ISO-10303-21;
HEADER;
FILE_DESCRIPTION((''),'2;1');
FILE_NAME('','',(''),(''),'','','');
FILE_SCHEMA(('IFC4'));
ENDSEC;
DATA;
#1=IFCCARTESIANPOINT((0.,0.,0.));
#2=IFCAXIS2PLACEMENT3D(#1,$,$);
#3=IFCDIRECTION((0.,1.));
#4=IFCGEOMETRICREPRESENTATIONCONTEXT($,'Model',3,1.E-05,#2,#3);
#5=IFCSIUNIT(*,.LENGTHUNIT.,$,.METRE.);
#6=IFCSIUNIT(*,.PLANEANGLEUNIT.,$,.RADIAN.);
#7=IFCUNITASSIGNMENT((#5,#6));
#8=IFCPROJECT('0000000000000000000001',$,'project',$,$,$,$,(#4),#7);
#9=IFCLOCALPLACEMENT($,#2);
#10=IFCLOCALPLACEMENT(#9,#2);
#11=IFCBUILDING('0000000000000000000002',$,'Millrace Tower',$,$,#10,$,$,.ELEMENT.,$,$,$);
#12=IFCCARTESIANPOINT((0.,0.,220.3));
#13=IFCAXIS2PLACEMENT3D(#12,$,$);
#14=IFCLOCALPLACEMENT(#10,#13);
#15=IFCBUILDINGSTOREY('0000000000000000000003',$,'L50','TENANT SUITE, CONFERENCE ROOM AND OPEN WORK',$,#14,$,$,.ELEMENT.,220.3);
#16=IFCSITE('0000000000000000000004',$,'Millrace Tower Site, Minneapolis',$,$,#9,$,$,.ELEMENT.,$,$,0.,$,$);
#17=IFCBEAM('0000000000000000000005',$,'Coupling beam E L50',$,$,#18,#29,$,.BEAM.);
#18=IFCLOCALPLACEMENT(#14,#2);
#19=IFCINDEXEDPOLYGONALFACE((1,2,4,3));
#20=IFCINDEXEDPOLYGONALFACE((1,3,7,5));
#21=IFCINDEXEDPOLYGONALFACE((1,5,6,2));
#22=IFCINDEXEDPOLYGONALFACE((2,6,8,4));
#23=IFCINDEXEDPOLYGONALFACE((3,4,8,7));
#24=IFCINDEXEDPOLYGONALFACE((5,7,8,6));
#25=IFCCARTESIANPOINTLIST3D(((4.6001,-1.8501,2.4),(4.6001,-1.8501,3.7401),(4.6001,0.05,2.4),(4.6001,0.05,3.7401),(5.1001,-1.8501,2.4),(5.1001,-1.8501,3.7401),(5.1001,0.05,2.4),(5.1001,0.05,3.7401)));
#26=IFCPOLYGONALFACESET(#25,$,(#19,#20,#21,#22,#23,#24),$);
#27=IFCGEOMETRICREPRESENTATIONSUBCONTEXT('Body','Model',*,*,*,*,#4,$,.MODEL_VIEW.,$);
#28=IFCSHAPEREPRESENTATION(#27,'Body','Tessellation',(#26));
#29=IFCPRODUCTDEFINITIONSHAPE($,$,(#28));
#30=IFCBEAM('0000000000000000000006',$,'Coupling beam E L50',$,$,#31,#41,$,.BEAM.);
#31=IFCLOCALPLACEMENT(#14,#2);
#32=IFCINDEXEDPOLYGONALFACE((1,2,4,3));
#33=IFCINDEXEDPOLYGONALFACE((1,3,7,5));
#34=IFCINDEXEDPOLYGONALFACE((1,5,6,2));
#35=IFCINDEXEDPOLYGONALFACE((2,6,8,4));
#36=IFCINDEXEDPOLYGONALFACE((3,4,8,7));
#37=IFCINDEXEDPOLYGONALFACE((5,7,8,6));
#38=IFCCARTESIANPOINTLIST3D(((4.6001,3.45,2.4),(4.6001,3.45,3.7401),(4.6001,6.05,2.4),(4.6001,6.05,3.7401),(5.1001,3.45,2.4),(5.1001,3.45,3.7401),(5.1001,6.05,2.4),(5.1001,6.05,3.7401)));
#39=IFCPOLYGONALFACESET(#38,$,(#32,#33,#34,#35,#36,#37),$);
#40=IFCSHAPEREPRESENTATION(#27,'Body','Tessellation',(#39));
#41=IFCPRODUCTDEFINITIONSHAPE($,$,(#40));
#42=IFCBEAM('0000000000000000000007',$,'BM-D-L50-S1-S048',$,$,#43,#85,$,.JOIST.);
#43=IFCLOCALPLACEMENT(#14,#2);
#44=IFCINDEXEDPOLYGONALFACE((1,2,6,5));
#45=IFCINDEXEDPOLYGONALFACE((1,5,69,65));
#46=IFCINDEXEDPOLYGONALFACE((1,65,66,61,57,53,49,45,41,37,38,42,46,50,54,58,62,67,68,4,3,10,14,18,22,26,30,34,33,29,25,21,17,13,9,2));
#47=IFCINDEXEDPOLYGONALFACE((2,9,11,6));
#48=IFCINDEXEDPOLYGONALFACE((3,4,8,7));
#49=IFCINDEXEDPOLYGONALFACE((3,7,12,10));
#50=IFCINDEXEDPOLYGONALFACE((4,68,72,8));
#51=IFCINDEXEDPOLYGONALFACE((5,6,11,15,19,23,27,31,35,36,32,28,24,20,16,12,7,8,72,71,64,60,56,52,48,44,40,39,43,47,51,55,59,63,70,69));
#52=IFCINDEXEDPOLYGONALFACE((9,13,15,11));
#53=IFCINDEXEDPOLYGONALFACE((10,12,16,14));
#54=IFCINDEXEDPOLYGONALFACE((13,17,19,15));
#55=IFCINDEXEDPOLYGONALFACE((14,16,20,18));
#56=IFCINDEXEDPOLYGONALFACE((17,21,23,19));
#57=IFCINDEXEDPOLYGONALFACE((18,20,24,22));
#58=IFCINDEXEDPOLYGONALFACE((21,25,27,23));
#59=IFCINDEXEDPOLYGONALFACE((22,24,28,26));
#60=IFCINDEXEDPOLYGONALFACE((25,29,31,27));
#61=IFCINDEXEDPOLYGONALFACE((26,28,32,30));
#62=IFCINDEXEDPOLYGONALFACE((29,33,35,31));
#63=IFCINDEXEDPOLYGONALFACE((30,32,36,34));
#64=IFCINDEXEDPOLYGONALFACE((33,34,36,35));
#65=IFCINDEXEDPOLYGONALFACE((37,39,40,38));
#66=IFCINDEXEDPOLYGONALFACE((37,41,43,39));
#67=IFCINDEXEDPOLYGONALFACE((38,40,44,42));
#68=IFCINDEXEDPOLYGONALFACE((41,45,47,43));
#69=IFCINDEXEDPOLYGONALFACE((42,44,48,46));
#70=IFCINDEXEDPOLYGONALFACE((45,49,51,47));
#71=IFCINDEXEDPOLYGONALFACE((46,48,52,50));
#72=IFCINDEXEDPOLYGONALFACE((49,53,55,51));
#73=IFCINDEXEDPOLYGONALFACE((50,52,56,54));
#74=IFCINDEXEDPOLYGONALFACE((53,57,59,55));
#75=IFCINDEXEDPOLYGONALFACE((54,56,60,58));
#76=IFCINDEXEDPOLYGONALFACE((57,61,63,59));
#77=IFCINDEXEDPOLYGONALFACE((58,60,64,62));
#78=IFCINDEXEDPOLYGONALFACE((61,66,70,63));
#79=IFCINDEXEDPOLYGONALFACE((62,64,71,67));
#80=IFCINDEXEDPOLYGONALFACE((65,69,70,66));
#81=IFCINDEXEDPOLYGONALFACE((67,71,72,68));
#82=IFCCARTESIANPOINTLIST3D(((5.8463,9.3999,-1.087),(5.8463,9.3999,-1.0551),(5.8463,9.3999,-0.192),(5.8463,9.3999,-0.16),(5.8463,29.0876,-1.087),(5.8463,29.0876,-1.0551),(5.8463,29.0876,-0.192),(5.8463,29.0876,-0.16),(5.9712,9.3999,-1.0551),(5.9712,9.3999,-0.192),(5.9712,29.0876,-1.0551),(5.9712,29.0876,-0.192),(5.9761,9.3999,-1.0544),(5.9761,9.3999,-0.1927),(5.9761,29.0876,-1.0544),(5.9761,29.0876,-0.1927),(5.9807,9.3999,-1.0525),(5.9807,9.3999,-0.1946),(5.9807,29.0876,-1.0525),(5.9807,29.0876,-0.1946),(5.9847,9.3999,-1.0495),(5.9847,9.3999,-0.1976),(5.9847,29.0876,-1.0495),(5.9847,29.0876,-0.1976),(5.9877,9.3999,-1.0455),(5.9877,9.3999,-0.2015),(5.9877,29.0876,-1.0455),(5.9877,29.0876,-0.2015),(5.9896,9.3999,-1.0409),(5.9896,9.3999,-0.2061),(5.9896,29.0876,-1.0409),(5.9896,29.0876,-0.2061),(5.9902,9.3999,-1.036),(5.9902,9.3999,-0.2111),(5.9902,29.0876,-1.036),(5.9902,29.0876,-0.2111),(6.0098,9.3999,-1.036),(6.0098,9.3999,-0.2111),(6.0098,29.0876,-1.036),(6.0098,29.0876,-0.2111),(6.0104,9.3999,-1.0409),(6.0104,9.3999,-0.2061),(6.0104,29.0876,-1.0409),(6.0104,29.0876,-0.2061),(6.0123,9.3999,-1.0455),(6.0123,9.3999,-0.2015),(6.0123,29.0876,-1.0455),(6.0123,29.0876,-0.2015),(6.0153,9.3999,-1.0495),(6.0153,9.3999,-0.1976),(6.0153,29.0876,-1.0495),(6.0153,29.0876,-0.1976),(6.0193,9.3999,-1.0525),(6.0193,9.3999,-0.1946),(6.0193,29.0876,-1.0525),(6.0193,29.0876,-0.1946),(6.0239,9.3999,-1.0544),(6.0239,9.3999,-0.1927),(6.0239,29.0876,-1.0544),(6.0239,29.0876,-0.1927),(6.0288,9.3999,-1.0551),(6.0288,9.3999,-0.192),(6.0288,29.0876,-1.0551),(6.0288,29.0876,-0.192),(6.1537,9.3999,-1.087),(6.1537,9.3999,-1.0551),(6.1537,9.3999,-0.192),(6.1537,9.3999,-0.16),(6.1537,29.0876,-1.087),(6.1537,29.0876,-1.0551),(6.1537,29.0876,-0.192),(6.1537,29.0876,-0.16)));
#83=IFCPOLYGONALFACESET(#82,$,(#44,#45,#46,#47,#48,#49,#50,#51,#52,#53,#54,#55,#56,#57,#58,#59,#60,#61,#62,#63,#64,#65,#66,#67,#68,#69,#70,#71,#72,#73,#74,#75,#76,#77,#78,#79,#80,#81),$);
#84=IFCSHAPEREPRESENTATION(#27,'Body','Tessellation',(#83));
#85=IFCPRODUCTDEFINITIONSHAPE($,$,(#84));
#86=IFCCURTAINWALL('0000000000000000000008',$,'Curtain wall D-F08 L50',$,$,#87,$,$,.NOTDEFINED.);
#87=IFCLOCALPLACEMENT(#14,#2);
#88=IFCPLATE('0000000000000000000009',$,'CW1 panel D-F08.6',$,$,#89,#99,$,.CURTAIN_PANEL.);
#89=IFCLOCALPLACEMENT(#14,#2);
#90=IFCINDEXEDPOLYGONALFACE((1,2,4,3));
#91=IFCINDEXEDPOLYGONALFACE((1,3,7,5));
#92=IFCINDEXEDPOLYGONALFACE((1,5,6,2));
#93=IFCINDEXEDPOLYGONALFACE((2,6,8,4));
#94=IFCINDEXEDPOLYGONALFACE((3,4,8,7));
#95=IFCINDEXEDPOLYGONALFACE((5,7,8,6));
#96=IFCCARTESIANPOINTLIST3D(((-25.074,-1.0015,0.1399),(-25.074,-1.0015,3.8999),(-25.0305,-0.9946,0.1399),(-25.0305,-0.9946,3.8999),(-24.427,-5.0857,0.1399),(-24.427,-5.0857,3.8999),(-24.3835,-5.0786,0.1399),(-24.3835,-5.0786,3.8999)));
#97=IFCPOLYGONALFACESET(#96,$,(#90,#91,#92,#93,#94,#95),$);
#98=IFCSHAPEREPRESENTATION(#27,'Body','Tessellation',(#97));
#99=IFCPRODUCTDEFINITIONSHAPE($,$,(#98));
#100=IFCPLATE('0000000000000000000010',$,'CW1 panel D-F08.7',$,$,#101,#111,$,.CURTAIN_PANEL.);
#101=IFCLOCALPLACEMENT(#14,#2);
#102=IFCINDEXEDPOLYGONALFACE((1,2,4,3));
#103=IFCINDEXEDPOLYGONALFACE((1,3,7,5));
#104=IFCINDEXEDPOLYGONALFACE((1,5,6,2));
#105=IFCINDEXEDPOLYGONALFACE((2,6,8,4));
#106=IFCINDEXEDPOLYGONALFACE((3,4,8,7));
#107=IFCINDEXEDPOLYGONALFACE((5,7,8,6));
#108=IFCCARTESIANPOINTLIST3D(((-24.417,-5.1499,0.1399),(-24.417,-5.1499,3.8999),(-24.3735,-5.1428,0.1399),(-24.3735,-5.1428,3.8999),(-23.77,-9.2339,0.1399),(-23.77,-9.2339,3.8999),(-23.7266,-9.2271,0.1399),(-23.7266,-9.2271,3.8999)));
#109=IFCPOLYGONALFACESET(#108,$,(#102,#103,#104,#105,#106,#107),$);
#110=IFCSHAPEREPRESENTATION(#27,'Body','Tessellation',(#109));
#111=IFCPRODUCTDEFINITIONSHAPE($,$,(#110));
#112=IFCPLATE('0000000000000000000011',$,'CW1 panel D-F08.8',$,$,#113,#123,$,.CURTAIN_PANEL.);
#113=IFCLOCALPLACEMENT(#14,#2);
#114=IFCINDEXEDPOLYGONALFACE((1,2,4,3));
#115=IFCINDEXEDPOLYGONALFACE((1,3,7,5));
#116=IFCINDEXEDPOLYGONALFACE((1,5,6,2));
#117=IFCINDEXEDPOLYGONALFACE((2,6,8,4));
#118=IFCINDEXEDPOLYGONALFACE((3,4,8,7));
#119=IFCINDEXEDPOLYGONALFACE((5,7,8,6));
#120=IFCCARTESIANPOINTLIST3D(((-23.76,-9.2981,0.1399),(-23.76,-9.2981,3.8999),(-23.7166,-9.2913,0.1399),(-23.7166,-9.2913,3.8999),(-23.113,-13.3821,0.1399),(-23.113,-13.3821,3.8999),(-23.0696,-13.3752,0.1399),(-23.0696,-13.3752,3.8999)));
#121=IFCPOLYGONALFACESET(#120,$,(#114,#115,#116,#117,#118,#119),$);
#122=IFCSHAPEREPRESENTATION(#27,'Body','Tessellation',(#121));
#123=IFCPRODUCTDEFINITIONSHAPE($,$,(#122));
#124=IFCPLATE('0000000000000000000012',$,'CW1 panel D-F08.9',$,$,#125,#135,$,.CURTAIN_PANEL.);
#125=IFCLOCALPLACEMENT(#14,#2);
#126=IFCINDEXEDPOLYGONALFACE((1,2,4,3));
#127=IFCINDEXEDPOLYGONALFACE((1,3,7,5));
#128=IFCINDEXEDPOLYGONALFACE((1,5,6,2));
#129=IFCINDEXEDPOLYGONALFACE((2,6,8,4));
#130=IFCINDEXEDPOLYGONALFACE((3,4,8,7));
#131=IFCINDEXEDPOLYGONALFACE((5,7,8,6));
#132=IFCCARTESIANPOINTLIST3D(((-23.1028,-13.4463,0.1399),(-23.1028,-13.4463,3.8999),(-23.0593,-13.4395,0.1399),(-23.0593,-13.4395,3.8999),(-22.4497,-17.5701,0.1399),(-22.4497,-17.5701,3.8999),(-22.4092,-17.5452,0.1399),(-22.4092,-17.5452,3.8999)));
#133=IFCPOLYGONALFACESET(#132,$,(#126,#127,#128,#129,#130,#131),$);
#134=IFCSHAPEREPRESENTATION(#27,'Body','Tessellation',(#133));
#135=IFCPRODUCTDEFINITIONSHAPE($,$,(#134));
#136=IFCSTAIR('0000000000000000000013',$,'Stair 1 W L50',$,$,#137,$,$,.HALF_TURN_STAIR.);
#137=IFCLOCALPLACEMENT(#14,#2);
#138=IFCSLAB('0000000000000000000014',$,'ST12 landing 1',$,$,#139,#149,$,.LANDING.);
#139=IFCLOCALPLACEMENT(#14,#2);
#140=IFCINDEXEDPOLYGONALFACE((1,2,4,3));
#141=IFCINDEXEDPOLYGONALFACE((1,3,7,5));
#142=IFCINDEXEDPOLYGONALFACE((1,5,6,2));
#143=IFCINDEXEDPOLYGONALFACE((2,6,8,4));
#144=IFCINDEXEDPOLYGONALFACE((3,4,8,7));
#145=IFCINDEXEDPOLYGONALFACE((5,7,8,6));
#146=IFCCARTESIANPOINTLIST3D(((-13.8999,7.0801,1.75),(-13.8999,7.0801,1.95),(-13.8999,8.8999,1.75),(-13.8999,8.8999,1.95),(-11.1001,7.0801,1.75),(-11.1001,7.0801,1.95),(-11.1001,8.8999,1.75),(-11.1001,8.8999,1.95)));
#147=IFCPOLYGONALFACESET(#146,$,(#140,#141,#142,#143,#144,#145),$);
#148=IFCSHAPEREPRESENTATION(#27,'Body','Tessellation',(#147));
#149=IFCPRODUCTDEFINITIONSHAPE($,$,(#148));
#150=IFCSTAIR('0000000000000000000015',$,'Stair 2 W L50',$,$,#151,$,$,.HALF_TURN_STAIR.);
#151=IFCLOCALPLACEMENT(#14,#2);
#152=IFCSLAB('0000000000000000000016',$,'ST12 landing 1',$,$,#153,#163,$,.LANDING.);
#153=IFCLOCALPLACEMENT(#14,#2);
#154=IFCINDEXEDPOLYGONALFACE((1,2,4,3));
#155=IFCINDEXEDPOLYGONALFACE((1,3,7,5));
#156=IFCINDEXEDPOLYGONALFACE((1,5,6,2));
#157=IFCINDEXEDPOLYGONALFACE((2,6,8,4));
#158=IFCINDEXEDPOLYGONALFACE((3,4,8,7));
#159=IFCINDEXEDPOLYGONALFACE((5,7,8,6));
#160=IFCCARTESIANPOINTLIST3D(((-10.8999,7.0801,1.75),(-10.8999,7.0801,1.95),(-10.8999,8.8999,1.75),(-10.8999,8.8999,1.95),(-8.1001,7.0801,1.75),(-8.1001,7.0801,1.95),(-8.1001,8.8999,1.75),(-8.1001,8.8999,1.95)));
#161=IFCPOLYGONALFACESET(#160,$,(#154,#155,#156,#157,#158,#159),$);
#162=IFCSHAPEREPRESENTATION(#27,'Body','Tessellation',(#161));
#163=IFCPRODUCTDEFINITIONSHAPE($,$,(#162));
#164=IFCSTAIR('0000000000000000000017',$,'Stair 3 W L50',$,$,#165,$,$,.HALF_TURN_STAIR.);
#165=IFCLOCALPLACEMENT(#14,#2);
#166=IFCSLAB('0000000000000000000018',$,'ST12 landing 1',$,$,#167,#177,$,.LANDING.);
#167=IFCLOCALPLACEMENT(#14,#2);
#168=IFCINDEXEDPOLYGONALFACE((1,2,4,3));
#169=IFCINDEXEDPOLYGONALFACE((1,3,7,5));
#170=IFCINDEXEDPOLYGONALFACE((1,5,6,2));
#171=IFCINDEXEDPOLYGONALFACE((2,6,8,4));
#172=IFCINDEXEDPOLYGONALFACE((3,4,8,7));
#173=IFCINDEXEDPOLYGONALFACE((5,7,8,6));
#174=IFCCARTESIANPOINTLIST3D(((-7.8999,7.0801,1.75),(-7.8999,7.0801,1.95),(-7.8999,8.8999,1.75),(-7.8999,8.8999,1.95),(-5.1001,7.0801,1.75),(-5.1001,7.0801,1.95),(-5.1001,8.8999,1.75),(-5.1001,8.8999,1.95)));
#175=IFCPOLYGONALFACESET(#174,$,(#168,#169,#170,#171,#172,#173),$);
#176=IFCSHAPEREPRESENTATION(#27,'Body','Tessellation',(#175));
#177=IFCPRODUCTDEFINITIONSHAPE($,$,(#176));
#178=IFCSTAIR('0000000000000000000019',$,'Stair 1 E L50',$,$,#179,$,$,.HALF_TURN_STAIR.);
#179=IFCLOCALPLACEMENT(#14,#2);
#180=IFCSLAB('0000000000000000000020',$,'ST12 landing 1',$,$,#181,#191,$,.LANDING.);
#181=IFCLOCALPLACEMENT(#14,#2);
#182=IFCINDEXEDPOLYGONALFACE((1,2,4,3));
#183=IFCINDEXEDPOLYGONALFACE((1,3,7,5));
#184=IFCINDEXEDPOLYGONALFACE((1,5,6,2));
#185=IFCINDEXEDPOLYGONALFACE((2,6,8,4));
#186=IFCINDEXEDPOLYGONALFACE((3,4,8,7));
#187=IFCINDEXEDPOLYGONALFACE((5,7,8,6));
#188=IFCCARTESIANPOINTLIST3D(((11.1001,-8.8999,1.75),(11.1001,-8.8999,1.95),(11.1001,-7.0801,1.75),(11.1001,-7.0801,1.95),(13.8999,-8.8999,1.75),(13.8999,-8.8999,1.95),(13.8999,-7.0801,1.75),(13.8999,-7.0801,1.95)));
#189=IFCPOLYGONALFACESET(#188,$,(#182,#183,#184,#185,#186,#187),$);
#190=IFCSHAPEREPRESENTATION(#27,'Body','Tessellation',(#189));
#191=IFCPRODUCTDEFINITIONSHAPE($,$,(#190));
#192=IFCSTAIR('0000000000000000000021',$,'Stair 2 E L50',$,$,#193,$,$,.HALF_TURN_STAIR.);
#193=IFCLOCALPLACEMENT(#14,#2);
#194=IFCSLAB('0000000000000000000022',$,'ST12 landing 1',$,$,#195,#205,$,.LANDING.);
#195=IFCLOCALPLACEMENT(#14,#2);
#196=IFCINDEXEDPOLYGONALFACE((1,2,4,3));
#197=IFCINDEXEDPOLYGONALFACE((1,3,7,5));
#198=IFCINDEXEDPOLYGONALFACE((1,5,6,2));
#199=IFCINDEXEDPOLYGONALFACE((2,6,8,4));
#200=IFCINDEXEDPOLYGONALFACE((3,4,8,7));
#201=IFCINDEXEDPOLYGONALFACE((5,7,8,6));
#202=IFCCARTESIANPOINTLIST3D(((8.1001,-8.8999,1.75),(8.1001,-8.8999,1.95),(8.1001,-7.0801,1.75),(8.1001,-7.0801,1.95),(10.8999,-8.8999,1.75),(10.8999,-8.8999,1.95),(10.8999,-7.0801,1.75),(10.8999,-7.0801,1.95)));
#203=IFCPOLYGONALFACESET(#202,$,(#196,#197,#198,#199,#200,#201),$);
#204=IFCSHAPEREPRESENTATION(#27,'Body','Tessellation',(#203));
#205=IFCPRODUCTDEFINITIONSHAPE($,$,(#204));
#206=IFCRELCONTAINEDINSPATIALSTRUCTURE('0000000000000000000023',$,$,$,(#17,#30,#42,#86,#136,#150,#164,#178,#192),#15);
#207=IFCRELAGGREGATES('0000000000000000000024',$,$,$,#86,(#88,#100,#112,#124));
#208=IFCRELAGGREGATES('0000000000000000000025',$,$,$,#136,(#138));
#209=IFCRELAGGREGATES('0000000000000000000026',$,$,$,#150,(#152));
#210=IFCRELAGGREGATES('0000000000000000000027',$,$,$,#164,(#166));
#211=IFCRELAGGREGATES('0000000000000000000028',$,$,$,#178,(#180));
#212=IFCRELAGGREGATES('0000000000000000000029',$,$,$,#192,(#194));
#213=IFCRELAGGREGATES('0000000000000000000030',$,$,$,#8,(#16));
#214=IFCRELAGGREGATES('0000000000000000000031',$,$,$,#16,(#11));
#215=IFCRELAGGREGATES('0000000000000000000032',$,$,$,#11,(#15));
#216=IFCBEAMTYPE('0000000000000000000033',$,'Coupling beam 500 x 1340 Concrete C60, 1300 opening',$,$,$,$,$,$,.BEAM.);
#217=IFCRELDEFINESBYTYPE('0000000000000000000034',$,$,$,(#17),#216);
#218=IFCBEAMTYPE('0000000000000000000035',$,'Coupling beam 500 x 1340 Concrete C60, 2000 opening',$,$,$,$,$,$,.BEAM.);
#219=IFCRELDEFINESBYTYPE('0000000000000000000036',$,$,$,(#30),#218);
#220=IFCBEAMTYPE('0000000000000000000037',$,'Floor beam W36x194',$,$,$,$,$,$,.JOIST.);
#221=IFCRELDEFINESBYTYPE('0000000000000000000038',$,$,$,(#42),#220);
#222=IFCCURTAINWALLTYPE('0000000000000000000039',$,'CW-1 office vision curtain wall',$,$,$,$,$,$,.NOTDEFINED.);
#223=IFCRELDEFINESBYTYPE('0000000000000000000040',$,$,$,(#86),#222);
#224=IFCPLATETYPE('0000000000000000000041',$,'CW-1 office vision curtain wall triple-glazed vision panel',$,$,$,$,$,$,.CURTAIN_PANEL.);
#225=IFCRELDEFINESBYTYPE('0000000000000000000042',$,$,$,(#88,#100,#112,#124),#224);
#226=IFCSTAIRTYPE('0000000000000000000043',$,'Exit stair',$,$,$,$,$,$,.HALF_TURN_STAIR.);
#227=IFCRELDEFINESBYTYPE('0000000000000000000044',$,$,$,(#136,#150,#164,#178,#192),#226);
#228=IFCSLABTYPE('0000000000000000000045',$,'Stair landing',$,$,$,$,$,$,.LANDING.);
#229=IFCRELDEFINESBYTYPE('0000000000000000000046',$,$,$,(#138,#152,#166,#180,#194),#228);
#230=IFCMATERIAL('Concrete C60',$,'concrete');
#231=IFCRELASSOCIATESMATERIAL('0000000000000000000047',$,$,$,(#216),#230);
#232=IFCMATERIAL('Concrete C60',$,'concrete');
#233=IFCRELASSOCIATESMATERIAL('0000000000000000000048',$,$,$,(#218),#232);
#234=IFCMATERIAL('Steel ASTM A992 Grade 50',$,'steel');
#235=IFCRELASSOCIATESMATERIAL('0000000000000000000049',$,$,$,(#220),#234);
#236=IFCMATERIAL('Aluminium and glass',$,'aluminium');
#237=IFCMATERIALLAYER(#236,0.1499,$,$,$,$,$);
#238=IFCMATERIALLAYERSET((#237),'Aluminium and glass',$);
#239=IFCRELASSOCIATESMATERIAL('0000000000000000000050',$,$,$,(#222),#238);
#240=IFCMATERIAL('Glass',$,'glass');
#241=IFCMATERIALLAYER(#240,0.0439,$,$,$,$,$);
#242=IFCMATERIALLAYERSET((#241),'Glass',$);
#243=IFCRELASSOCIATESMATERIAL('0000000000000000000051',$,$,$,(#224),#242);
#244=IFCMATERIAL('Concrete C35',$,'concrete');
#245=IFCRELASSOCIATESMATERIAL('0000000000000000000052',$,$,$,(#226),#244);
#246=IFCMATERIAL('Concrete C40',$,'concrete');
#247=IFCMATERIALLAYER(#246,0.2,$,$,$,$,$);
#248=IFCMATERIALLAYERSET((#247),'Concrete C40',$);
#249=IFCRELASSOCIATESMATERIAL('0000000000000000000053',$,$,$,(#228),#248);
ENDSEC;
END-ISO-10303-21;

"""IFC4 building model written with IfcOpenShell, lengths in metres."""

from ifc_helpers import new_model, si_unit, direction, frame, origin, origin_2d, place, context, subcontext, project, spatial, polyline, rectangle, i_section, outline, extrude, material, layer, layer_set, material_profile, profile_set, type_object, element, aggregate, save


model = new_model("IFC4")

# Units and contexts
model_context = context("Model", 3, precision=1e-05, world=origin(), true_north=direction((0.0, 1.0)))
body_context = subcontext(model_context, "Body", "Model", "MODEL_VIEW")
ifc_project = project(units=[si_unit("LENGTHUNIT", "METRE"), si_unit("PLANEANGLEUNIT", "RADIAN")], contexts=[model_context])

# Site, building, storey
site_placement = place(None, origin())
site = spatial("IfcSite", under=ifc_project, at=site_placement, Name="Millrace Tower Site, Minneapolis", CompositionType="ELEMENT", RefElevation=0.0)
building_placement = place(site_placement, origin())
building = spatial("IfcBuilding", under=site, at=building_placement, Name="Millrace Tower", CompositionType="ELEMENT")
storey_placement = place(building_placement, frame((0.0, 0.0, 220.3)))
storey = spatial("IfcBuildingStorey", under=building, at=storey_placement, Name="L50", Description="TENANT SUITE, CONFERENCE ROOM AND OPEN WORK", CompositionType="ELEMENT", Elevation=220.3)

# Beams
ifc_material_1 = material(Name="Concrete C60", Category="concrete")
ifc_material_profile_1 = material_profile(ifc_material_1, rectangle(XDim=0.5, YDim=1.3401, at=origin_2d()))
ifc_profile_set_1 = profile_set([ifc_material_profile_1], Name="Concrete C60")
beam_type_1 = type_object("IfcBeamType", Name="Coupling beam 500 x 1340 Concrete C60, 1300 opening", PredefinedType="BEAM", material=ifc_profile_set_1)
beam_1_placement = place(storey_placement, frame((4.8501, 0.05, 3.0701), z_axis=(0.0, -1.0, 0.0), x_axis=(1.0, 0.0, 0.0)))
element("IfcBeam", 1, at=beam_1_placement, inside=storey, type_object=beam_type_1, Name="Coupling beam E L50", PredefinedType="BEAM", context=body_context, shape_type="SweptSolid", body=[
    extrude(rectangle(XDim=0.5, YDim=1.3401, at=origin_2d()), origin(), (0.0, 0.0, 1.0), 1.9001),
])
ifc_material_2 = material(Name="Concrete C60", Category="concrete")
ifc_material_profile_2 = material_profile(ifc_material_2, rectangle(XDim=0.5, YDim=1.3401, at=origin_2d()))
ifc_profile_set_2 = profile_set([ifc_material_profile_2], Name="Concrete C60")
beam_type_2 = type_object("IfcBeamType", Name="Coupling beam 500 x 1340 Concrete C60, 2000 opening", PredefinedType="BEAM", material=ifc_profile_set_2)
beam_2_placement = place(storey_placement, frame((4.8501, 6.05, 3.0701), z_axis=(0.0, -1.0, 0.0), x_axis=(1.0, 0.0, 0.0)))
element("IfcBeam", 2, at=beam_2_placement, inside=storey, type_object=beam_type_2, Name="Coupling beam E L50", PredefinedType="BEAM", context=body_context, shape_type="SweptSolid", body=[
    extrude(rectangle(XDim=0.5, YDim=1.3401, at=origin_2d()), origin(), (0.0, 0.0, 1.0), 2.6001),
])
ifc_material_3 = material(Name="Steel ASTM A992 Grade 50", Category="steel")
ifc_material_profile_3 = material_profile(ifc_material_3, i_section(OverallWidth=0.3074, OverallDepth=0.927, WebThickness=0.0195, FlangeThickness=0.032, FilletRadius=0.019, at=origin_2d()))
ifc_profile_set_3 = profile_set([ifc_material_profile_3], Name="Steel ASTM A992 Grade 50")
beam_type_3 = type_object("IfcBeamType", Name="Floor beam W36x194", PredefinedType="JOIST", material=ifc_profile_set_3)
beam_3_placement = place(storey_placement, frame((6.0, 9.3999, -0.6235), z_axis=(0.0, 1.0, 0.0), x_axis=(-1.0, 0.0, 0.0)))
element("IfcBeam", 3, at=beam_3_placement, inside=storey, type_object=beam_type_3, Name="BM-D-L50-S1-S048", PredefinedType="JOIST", context=body_context, shape_type="SweptSolid", body=[
    extrude(i_section(OverallWidth=0.3074, OverallDepth=0.927, WebThickness=0.0195, FlangeThickness=0.032, FilletRadius=0.019, at=origin_2d()), origin(), (0.0, 0.0, 1.0), 19.6877),
])

# Curtain wall, plates
ifc_material_4 = material(Name="Aluminium and glass", Category="aluminium")
ifc_layer_1 = layer(ifc_material_4, 0.1499)
ifc_layer_set_1 = layer_set([ifc_layer_1], Name="Aluminium and glass")
curtain_wall_type = type_object("IfcCurtainWallType", Name="CW-1 office vision curtain wall", PredefinedType="NOTDEFINED", material=ifc_layer_set_1)
placement_1 = place(storey_placement, origin())
curtain_wall = element("IfcCurtainWall", 4, at=placement_1, inside=storey, type_object=curtain_wall_type, Name="Curtain wall D-F08 L50", PredefinedType="NOTDEFINED")
ifc_material_5 = material(Name="Glass", Category="glass")
ifc_layer_2 = layer(ifc_material_5, 0.0439)
ifc_layer_set_2 = layer_set([ifc_layer_2], Name="Glass")
plate_type = type_object("IfcPlateType", Name="CW-1 office vision curtain wall triple-glazed vision panel", PredefinedType="CURTAIN_PANEL", material=ifc_layer_set_2)
placement_2 = place(storey_placement, frame((0.0, 0.0, 0.1399)))
plate_1 = element("IfcPlate", 5, at=placement_2, type_object=plate_type, Name="CW1 panel D-F08.6", PredefinedType="CURTAIN_PANEL", context=body_context, shape_type="SweptSolid", body=[
    extrude(outline(polyline([(-25.074, -1.0015), (-24.427, -5.0857), (-24.3835, -5.0786), (-25.0305, -0.9946), (-25.074, -1.0015)])), origin(), (0.0, 0.0, 1.0), 3.76),
])
plate_2 = element("IfcPlate", 6, at=placement_2, type_object=plate_type, Name="CW1 panel D-F08.7", PredefinedType="CURTAIN_PANEL", context=body_context, shape_type="SweptSolid", body=[
    extrude(outline(polyline([(-24.417, -5.1499), (-23.77, -9.2339), (-23.7266, -9.2271), (-24.3735, -5.1428), (-24.417, -5.1499)])), origin(), (0.0, 0.0, 1.0), 3.76),
])
plate_3 = element("IfcPlate", 7, at=placement_2, type_object=plate_type, Name="CW1 panel D-F08.8", PredefinedType="CURTAIN_PANEL", context=body_context, shape_type="SweptSolid", body=[
    extrude(outline(polyline([(-23.76, -9.2981), (-23.113, -13.3821), (-23.0696, -13.3752), (-23.7166, -9.2913), (-23.76, -9.2981)])), origin(), (0.0, 0.0, 1.0), 3.76),
])
plate_4 = element("IfcPlate", 8, at=placement_2, type_object=plate_type, Name="CW1 panel D-F08.9", PredefinedType="CURTAIN_PANEL", context=body_context, shape_type="SweptSolid", body=[
    extrude(outline(polyline([(-23.1028, -13.4463), (-22.4497, -17.5701), (-22.4092, -17.5452), (-23.0593, -13.4395), (-23.1028, -13.4463)])), origin(), (0.0, 0.0, 1.0), 3.76),
])
aggregate(curtain_wall, [plate_1, plate_2, plate_3, plate_4])

# Stairs, slabs
ifc_material_6 = material(Name="Concrete C35", Category="concrete")
stair_type = type_object("IfcStairType", Name="Exit stair", PredefinedType="HALF_TURN_STAIR", material=ifc_material_6)
stair_1 = element("IfcStair", 9, at=placement_1, inside=storey, type_object=stair_type, Name="Stair 1 W L50", PredefinedType="HALF_TURN_STAIR")
ifc_material_7 = material(Name="Concrete C40", Category="concrete")
ifc_layer_3 = layer(ifc_material_7, 0.2)
ifc_layer_set_3 = layer_set([ifc_layer_3], Name="Concrete C40")
slab_type = type_object("IfcSlabType", Name="Stair landing", PredefinedType="LANDING", material=ifc_layer_set_3)
placement_3 = place(storey_placement, frame((0.0, 0.0, 1.75)))
slab_1 = element("IfcSlab", 10, at=placement_3, type_object=slab_type, Name="ST12 landing 1", PredefinedType="LANDING", context=body_context, shape_type="SweptSolid", body=[
    extrude(outline(polyline([(-13.8999, 7.0801), (-11.1001, 7.0801), (-11.1001, 8.8999), (-13.8999, 8.8999), (-13.8999, 7.0801)])), origin(), (0.0, 0.0, 1.0), 0.2),
])
aggregate(stair_1, [slab_1])
stair_2 = element("IfcStair", 11, at=placement_1, inside=storey, type_object=stair_type, Name="Stair 2 W L50", PredefinedType="HALF_TURN_STAIR")
slab_2 = element("IfcSlab", 12, at=placement_3, type_object=slab_type, Name="ST12 landing 1", PredefinedType="LANDING", context=body_context, shape_type="SweptSolid", body=[
    extrude(outline(polyline([(-10.8999, 7.0801), (-8.1001, 7.0801), (-8.1001, 8.8999), (-10.8999, 8.8999), (-10.8999, 7.0801)])), origin(), (0.0, 0.0, 1.0), 0.2),
])
aggregate(stair_2, [slab_2])
stair_3 = element("IfcStair", 13, at=placement_1, inside=storey, type_object=stair_type, Name="Stair 3 W L50", PredefinedType="HALF_TURN_STAIR")
slab_3 = element("IfcSlab", 14, at=placement_3, type_object=slab_type, Name="ST12 landing 1", PredefinedType="LANDING", context=body_context, shape_type="SweptSolid", body=[
    extrude(outline(polyline([(-7.8999, 7.0801), (-5.1001, 7.0801), (-5.1001, 8.8999), (-7.8999, 8.8999), (-7.8999, 7.0801)])), origin(), (0.0, 0.0, 1.0), 0.2),
])
aggregate(stair_3, [slab_3])
stair_4 = element("IfcStair", 15, at=placement_1, inside=storey, type_object=stair_type, Name="Stair 1 E L50", PredefinedType="HALF_TURN_STAIR")
slab_4 = element("IfcSlab", 16, at=placement_3, type_object=slab_type, Name="ST12 landing 1", PredefinedType="LANDING", context=body_context, shape_type="SweptSolid", body=[
    extrude(outline(polyline([(11.1001, -8.8999), (13.8999, -8.8999), (13.8999, -7.0801), (11.1001, -7.0801), (11.1001, -8.8999)])), origin(), (0.0, 0.0, 1.0), 0.2),
])
aggregate(stair_4, [slab_4])
stair_5 = element("IfcStair", 17, at=placement_1, inside=storey, type_object=stair_type, Name="Stair 2 E L50", PredefinedType="HALF_TURN_STAIR")
slab_5 = element("IfcSlab", 18, at=placement_3, type_object=slab_type, Name="ST12 landing 1", PredefinedType="LANDING", context=body_context, shape_type="SweptSolid", body=[
    extrude(outline(polyline([(8.1001, -8.8999), (10.8999, -8.8999), (10.8999, -7.0801), (8.1001, -7.0801), (8.1001, -8.8999)])), origin(), (0.0, 0.0, 1.0), 0.2),
])
aggregate(stair_5, [slab_5])

save(model, "model.ifc")
